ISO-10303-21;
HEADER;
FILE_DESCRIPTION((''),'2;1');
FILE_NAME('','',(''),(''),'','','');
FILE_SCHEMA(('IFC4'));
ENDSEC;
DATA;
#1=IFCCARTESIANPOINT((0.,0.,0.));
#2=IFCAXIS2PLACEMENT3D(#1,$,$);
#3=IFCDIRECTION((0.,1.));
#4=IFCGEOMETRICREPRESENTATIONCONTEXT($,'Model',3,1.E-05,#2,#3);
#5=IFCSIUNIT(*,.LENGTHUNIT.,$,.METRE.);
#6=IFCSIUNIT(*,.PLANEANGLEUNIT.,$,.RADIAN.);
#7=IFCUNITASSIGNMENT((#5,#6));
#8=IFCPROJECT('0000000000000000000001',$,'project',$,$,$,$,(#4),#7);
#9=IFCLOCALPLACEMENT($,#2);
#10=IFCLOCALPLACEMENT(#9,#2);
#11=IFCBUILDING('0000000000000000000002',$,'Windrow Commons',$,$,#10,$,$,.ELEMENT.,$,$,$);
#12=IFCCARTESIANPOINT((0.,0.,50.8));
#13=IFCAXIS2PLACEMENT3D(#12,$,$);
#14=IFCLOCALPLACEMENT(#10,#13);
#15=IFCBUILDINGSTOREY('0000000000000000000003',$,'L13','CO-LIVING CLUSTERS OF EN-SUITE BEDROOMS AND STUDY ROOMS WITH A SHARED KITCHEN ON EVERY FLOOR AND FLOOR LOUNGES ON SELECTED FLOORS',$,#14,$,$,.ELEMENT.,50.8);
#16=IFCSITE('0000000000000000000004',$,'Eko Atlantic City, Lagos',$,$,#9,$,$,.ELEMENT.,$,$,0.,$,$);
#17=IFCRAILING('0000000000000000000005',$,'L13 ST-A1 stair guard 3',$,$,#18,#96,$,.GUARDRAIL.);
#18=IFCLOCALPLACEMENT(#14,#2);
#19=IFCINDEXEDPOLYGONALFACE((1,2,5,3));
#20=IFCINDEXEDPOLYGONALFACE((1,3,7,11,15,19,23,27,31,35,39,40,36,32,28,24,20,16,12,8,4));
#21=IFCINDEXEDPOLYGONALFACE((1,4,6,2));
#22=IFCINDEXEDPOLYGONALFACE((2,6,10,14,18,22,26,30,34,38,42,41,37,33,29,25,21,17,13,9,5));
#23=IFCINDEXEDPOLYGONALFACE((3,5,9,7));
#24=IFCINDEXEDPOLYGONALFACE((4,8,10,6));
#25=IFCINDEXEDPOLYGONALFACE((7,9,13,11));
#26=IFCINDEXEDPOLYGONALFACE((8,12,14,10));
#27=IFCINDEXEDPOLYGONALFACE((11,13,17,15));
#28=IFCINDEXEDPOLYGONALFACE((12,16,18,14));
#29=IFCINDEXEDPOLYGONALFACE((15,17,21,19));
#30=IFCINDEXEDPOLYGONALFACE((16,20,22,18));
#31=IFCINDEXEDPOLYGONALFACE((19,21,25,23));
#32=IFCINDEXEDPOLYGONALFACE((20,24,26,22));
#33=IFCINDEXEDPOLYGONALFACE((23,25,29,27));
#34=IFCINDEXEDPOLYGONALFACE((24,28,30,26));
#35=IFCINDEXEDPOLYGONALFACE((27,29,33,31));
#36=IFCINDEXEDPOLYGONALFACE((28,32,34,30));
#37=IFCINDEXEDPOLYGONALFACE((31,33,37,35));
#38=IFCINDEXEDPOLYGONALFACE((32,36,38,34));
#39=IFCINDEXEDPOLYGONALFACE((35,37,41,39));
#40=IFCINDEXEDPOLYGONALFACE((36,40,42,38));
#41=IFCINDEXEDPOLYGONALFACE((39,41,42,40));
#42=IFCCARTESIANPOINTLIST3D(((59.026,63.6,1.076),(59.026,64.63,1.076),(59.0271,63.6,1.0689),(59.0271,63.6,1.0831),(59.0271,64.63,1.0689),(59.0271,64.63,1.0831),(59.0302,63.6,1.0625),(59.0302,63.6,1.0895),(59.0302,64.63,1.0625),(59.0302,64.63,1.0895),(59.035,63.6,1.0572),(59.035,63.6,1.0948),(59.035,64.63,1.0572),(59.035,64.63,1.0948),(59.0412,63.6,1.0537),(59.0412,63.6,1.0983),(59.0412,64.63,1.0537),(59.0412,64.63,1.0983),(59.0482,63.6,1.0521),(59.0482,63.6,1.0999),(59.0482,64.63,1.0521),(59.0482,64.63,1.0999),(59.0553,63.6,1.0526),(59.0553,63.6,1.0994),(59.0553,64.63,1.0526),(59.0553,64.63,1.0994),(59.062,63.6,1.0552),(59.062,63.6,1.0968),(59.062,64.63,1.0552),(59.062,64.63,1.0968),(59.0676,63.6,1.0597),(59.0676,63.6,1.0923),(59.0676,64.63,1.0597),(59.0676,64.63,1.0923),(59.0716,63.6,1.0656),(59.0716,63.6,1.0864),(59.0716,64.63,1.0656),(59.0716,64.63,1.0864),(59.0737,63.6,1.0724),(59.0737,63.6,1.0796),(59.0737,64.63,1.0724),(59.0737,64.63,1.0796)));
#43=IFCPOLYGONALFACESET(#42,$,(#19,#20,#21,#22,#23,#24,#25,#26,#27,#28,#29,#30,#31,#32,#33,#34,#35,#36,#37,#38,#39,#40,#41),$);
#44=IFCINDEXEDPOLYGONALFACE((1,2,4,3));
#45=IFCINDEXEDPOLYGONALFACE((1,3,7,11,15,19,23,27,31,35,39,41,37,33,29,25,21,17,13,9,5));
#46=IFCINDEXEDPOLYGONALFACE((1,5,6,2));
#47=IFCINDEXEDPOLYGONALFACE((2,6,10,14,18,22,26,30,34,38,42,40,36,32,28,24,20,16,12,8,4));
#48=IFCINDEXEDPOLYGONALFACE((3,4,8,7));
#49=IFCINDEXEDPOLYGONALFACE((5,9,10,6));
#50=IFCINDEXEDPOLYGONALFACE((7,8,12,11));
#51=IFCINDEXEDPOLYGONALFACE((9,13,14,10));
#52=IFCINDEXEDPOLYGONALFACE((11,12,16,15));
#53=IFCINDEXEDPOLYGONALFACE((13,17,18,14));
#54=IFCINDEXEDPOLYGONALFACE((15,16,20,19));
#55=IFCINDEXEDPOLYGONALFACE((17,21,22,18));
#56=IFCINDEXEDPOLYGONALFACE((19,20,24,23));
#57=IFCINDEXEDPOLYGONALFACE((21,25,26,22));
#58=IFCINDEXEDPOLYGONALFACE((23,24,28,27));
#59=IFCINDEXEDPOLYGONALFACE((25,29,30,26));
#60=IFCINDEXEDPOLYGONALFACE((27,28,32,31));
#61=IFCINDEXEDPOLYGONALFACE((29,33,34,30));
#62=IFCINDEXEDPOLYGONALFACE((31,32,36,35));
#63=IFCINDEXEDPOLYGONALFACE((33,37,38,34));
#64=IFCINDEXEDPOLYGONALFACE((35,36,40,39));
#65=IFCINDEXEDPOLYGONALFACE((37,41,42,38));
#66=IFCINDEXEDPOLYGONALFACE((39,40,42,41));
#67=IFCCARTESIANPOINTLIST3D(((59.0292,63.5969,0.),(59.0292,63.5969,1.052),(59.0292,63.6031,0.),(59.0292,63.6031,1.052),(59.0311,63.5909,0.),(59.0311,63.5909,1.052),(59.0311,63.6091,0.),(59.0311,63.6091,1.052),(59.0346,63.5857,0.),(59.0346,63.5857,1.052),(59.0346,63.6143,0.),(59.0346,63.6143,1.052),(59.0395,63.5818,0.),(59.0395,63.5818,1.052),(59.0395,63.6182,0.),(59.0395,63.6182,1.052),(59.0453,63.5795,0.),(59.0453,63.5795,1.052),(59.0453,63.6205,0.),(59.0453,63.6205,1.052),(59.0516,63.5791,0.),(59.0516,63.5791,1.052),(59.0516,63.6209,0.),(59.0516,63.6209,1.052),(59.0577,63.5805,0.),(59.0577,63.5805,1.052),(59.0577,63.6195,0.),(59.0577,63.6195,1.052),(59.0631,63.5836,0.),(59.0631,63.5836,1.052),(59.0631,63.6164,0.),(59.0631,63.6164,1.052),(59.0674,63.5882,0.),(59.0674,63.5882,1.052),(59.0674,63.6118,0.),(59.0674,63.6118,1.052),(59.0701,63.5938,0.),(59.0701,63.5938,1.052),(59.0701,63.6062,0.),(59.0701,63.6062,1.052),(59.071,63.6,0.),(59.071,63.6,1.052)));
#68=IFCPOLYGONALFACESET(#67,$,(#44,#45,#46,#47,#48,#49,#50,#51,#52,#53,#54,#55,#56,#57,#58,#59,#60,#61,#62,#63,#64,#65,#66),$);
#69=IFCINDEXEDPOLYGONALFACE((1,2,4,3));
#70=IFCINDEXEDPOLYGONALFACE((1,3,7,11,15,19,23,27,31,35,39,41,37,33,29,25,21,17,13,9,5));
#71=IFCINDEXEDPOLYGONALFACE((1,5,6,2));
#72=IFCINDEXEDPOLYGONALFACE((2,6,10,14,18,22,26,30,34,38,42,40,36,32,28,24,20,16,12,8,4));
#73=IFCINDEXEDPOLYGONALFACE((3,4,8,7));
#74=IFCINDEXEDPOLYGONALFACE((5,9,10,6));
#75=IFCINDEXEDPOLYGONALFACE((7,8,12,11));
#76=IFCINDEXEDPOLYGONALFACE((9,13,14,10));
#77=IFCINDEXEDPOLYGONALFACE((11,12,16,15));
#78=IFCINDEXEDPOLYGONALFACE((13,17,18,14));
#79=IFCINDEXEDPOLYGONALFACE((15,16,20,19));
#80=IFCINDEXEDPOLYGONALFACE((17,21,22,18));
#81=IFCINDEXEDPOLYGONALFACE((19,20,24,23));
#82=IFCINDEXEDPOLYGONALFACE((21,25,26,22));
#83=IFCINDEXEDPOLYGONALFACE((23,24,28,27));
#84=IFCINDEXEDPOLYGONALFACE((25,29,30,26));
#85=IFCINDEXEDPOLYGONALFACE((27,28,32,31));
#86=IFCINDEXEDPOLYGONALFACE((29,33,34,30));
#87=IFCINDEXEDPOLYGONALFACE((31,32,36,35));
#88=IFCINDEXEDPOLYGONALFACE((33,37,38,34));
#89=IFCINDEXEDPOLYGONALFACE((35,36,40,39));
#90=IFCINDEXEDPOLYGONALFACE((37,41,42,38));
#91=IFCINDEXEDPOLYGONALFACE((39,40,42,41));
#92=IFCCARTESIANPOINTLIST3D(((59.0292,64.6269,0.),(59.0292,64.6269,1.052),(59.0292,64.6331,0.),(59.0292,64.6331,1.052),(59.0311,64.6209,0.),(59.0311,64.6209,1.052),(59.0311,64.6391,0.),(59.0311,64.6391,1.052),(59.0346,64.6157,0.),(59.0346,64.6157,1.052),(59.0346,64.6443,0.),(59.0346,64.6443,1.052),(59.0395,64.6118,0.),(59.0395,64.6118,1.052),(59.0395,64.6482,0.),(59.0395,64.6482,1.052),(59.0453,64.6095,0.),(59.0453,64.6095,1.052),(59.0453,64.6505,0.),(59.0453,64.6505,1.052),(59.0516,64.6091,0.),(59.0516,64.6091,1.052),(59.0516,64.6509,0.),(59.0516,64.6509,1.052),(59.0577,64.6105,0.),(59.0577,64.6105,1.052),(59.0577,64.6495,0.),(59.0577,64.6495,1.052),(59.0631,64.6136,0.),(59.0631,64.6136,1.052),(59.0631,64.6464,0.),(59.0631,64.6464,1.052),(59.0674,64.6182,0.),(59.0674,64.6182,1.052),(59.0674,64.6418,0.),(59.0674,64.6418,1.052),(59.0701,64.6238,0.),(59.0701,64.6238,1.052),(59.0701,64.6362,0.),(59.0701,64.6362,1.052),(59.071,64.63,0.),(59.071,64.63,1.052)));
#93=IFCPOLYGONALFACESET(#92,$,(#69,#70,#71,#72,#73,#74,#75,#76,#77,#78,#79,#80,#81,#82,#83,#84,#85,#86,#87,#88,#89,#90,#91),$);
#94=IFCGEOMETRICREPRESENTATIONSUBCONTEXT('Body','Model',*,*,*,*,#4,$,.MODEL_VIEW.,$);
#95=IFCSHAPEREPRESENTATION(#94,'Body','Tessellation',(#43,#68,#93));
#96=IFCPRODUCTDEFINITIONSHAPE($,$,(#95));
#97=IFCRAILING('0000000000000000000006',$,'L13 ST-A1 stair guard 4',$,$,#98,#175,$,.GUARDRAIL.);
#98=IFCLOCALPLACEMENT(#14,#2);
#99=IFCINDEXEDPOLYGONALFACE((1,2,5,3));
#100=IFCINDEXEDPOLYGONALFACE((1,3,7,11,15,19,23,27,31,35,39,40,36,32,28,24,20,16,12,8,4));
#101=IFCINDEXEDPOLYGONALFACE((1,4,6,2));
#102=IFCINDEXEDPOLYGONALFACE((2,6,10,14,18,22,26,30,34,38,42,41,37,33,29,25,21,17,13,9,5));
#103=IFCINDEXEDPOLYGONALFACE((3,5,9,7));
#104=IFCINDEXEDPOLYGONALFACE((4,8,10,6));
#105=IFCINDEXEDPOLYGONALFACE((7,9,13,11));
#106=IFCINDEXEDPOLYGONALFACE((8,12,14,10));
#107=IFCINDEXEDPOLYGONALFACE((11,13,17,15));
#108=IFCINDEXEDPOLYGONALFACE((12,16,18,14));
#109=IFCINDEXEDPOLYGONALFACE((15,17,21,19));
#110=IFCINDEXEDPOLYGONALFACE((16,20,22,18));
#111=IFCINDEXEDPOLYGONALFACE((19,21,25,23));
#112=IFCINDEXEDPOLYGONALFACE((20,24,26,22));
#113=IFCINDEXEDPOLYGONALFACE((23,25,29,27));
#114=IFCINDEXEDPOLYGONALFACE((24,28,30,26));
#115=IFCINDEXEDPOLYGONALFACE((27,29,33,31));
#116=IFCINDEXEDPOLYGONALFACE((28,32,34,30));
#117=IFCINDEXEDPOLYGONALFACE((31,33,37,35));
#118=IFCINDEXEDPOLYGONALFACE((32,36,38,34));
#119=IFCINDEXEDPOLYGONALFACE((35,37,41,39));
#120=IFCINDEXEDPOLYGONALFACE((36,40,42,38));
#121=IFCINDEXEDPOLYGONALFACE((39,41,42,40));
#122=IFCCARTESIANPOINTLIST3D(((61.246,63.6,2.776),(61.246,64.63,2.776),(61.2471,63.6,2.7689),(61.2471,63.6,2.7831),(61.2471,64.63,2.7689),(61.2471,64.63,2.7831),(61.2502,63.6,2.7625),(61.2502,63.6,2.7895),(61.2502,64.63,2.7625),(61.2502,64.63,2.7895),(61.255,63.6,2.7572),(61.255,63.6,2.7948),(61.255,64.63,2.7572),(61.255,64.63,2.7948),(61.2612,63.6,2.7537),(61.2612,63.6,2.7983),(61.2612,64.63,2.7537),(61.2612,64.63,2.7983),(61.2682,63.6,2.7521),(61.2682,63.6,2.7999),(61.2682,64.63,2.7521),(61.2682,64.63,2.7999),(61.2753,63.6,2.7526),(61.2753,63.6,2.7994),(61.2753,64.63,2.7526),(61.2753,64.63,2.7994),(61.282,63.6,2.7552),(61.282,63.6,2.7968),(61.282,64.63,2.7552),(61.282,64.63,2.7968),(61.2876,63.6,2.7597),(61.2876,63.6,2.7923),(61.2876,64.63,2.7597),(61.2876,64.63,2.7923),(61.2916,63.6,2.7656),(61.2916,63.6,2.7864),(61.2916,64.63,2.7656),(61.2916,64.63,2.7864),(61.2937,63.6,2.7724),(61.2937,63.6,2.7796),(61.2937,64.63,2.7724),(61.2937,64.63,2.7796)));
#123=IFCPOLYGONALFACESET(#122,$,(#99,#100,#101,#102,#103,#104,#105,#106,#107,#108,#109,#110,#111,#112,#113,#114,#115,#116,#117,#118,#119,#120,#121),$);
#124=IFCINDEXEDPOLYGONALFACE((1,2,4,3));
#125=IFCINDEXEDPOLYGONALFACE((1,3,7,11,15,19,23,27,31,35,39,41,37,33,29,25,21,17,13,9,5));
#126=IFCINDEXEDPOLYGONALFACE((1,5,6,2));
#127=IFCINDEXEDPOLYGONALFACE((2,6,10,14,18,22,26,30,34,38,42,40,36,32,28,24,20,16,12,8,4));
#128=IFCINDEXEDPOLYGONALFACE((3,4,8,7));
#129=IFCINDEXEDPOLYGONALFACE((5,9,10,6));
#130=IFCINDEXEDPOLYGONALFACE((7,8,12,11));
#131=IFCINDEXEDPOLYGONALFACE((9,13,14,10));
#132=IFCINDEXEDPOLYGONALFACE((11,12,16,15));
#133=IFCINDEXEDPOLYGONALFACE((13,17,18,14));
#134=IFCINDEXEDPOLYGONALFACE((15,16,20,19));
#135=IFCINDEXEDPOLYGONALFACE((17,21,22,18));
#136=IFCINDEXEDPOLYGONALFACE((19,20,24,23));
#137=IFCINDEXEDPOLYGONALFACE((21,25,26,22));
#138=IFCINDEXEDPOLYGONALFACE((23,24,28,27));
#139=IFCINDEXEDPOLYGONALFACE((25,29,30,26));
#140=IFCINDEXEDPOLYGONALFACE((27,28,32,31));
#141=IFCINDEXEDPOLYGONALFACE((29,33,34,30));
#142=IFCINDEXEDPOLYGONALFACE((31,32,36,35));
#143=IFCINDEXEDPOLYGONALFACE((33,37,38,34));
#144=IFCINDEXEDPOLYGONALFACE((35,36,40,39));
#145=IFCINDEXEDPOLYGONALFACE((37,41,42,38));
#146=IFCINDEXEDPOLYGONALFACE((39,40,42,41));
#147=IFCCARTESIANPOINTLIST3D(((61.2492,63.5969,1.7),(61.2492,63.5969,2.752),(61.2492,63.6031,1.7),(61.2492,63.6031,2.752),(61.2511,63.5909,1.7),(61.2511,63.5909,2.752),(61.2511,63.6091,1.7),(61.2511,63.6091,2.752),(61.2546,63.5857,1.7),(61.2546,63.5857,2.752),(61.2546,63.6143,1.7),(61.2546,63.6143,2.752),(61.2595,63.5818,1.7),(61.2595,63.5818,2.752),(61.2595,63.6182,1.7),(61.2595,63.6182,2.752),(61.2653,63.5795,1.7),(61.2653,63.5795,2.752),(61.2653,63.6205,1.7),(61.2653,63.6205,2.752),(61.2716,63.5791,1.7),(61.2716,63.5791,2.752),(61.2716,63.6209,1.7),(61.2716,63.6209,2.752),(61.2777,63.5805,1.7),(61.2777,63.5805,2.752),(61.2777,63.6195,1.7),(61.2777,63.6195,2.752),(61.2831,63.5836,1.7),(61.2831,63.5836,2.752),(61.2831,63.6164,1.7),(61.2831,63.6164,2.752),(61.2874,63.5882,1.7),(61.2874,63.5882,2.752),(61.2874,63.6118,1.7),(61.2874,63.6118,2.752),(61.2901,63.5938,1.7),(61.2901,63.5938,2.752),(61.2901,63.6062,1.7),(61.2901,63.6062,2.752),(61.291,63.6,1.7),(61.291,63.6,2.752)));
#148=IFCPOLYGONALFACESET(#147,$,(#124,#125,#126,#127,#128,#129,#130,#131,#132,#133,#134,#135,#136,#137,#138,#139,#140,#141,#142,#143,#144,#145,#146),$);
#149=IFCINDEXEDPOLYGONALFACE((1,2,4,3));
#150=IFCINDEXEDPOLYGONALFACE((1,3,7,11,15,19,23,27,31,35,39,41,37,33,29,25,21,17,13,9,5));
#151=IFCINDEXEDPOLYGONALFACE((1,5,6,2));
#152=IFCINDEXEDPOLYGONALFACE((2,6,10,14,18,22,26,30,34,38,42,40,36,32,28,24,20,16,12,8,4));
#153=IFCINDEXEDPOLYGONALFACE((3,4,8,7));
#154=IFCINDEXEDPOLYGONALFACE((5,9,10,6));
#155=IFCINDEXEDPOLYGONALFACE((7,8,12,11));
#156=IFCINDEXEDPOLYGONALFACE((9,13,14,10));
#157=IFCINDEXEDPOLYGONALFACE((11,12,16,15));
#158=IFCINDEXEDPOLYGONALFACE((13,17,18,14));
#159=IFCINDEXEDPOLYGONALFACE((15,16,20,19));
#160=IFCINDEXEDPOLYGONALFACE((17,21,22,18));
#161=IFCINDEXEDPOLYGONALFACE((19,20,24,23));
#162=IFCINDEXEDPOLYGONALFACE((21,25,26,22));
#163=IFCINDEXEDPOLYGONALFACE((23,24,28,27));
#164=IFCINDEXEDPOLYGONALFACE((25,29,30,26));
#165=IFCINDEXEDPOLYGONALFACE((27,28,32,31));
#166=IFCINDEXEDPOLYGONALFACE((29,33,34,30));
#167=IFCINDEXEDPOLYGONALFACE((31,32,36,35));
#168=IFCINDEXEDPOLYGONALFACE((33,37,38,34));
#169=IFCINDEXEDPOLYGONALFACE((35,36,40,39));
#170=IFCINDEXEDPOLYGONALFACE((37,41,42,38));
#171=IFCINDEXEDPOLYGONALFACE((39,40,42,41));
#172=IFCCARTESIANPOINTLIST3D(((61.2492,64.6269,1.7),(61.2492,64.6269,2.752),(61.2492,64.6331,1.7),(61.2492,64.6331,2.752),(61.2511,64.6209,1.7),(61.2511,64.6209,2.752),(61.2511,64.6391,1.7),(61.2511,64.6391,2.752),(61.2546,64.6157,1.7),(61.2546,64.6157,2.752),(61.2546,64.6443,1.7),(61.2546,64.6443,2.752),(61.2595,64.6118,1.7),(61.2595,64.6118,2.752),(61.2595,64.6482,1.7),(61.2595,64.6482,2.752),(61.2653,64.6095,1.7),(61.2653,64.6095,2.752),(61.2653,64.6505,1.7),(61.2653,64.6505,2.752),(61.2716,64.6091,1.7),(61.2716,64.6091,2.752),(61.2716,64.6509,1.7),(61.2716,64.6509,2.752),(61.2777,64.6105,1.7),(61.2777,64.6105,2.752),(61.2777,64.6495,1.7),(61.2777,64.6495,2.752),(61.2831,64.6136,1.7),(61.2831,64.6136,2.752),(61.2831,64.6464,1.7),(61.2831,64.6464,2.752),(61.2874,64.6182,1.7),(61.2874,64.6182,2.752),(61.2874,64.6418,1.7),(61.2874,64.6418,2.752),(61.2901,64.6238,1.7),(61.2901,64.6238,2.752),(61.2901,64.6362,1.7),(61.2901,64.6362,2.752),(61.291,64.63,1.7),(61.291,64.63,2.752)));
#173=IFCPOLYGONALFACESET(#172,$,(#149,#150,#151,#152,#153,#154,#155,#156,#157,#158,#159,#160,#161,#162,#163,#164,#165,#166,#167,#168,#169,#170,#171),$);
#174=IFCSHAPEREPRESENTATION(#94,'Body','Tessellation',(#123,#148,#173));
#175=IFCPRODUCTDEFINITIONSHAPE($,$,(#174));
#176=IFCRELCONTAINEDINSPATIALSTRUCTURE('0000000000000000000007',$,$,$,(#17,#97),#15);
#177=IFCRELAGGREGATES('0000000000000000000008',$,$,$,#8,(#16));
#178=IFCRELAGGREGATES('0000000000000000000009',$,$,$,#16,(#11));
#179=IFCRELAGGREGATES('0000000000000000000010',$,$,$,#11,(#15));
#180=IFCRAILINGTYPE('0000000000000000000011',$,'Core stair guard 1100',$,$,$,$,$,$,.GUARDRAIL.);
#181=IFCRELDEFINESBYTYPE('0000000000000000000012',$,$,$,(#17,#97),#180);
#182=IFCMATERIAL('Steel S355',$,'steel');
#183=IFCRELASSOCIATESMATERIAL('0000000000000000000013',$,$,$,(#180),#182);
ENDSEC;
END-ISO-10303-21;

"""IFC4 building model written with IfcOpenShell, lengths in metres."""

from ifc_helpers import new_model, si_unit, direction, frame, origin, origin_2d, place, context, subcontext, project, spatial, circle, extrude, material, type_object, element, save


model = new_model("IFC4")

# Units and contexts
model_context = context("Model", 3, precision=1e-05, world=origin(), true_north=direction((0.0, 1.0)))
body_context = subcontext(model_context, "Body", "Model", "MODEL_VIEW")
ifc_project = project(units=[si_unit("LENGTHUNIT", "METRE"), si_unit("PLANEANGLEUNIT", "RADIAN")], contexts=[model_context])

# Site, building, storey
site_placement = place(None, origin())
site = spatial("IfcSite", under=ifc_project, at=site_placement, Name="Eko Atlantic City, Lagos", CompositionType="ELEMENT", RefElevation=0.0)
building_placement = place(site_placement, origin())
building = spatial("IfcBuilding", under=site, at=building_placement, Name="Windrow Commons", CompositionType="ELEMENT")
storey_placement = place(building_placement, frame((0.0, 0.0, 50.8)))
storey = spatial("IfcBuildingStorey", under=building, at=storey_placement, Name="L13", Description="CO-LIVING CLUSTERS OF EN-SUITE BEDROOMS AND STUDY ROOMS WITH A SHARED KITCHEN ON EVERY FLOOR AND FLOOR LOUNGES ON SELECTED FLOORS", CompositionType="ELEMENT", Elevation=50.8)

# Railings
ifc_material_1 = material(Name="Steel S355", Category="steel")
railing_type_1 = type_object("IfcRailingType", Name="Core stair guard 1100", PredefinedType="GUARDRAIL", material=ifc_material_1)
for number, where, name in (
    (1, (59.05, 63.6, 0.0), "L13 ST-A1 stair guard 3"),
    (2, (61.27, 63.6, 1.7), "L13 ST-A1 stair guard 4"),
):
    element("IfcRailing", number, at=place(storey_placement, frame(where)), inside=storey, type_object=railing_type_1, Name=name, PredefinedType="GUARDRAIL", context=body_context, shape_type="SweptSolid", body=[
        extrude(circle(Radius=0.024, at=origin_2d()), frame((0.0, 0.0, 1.076), z_axis=(0.0, 1.0, 0.0), x_axis=(-1.0, 0.0, 0.0)), (0.0, 0.0, 1.0), 1.03),
        extrude(circle(Radius=0.021, at=origin_2d()), origin(), (0.0, 0.0, 1.0), 1.052),
        extrude(circle(Radius=0.021, at=origin_2d()), frame((0.0, 1.03, 0.0)), (0.0, 0.0, 1.0), 1.052),
    ])

save(model, "model.ifc")
